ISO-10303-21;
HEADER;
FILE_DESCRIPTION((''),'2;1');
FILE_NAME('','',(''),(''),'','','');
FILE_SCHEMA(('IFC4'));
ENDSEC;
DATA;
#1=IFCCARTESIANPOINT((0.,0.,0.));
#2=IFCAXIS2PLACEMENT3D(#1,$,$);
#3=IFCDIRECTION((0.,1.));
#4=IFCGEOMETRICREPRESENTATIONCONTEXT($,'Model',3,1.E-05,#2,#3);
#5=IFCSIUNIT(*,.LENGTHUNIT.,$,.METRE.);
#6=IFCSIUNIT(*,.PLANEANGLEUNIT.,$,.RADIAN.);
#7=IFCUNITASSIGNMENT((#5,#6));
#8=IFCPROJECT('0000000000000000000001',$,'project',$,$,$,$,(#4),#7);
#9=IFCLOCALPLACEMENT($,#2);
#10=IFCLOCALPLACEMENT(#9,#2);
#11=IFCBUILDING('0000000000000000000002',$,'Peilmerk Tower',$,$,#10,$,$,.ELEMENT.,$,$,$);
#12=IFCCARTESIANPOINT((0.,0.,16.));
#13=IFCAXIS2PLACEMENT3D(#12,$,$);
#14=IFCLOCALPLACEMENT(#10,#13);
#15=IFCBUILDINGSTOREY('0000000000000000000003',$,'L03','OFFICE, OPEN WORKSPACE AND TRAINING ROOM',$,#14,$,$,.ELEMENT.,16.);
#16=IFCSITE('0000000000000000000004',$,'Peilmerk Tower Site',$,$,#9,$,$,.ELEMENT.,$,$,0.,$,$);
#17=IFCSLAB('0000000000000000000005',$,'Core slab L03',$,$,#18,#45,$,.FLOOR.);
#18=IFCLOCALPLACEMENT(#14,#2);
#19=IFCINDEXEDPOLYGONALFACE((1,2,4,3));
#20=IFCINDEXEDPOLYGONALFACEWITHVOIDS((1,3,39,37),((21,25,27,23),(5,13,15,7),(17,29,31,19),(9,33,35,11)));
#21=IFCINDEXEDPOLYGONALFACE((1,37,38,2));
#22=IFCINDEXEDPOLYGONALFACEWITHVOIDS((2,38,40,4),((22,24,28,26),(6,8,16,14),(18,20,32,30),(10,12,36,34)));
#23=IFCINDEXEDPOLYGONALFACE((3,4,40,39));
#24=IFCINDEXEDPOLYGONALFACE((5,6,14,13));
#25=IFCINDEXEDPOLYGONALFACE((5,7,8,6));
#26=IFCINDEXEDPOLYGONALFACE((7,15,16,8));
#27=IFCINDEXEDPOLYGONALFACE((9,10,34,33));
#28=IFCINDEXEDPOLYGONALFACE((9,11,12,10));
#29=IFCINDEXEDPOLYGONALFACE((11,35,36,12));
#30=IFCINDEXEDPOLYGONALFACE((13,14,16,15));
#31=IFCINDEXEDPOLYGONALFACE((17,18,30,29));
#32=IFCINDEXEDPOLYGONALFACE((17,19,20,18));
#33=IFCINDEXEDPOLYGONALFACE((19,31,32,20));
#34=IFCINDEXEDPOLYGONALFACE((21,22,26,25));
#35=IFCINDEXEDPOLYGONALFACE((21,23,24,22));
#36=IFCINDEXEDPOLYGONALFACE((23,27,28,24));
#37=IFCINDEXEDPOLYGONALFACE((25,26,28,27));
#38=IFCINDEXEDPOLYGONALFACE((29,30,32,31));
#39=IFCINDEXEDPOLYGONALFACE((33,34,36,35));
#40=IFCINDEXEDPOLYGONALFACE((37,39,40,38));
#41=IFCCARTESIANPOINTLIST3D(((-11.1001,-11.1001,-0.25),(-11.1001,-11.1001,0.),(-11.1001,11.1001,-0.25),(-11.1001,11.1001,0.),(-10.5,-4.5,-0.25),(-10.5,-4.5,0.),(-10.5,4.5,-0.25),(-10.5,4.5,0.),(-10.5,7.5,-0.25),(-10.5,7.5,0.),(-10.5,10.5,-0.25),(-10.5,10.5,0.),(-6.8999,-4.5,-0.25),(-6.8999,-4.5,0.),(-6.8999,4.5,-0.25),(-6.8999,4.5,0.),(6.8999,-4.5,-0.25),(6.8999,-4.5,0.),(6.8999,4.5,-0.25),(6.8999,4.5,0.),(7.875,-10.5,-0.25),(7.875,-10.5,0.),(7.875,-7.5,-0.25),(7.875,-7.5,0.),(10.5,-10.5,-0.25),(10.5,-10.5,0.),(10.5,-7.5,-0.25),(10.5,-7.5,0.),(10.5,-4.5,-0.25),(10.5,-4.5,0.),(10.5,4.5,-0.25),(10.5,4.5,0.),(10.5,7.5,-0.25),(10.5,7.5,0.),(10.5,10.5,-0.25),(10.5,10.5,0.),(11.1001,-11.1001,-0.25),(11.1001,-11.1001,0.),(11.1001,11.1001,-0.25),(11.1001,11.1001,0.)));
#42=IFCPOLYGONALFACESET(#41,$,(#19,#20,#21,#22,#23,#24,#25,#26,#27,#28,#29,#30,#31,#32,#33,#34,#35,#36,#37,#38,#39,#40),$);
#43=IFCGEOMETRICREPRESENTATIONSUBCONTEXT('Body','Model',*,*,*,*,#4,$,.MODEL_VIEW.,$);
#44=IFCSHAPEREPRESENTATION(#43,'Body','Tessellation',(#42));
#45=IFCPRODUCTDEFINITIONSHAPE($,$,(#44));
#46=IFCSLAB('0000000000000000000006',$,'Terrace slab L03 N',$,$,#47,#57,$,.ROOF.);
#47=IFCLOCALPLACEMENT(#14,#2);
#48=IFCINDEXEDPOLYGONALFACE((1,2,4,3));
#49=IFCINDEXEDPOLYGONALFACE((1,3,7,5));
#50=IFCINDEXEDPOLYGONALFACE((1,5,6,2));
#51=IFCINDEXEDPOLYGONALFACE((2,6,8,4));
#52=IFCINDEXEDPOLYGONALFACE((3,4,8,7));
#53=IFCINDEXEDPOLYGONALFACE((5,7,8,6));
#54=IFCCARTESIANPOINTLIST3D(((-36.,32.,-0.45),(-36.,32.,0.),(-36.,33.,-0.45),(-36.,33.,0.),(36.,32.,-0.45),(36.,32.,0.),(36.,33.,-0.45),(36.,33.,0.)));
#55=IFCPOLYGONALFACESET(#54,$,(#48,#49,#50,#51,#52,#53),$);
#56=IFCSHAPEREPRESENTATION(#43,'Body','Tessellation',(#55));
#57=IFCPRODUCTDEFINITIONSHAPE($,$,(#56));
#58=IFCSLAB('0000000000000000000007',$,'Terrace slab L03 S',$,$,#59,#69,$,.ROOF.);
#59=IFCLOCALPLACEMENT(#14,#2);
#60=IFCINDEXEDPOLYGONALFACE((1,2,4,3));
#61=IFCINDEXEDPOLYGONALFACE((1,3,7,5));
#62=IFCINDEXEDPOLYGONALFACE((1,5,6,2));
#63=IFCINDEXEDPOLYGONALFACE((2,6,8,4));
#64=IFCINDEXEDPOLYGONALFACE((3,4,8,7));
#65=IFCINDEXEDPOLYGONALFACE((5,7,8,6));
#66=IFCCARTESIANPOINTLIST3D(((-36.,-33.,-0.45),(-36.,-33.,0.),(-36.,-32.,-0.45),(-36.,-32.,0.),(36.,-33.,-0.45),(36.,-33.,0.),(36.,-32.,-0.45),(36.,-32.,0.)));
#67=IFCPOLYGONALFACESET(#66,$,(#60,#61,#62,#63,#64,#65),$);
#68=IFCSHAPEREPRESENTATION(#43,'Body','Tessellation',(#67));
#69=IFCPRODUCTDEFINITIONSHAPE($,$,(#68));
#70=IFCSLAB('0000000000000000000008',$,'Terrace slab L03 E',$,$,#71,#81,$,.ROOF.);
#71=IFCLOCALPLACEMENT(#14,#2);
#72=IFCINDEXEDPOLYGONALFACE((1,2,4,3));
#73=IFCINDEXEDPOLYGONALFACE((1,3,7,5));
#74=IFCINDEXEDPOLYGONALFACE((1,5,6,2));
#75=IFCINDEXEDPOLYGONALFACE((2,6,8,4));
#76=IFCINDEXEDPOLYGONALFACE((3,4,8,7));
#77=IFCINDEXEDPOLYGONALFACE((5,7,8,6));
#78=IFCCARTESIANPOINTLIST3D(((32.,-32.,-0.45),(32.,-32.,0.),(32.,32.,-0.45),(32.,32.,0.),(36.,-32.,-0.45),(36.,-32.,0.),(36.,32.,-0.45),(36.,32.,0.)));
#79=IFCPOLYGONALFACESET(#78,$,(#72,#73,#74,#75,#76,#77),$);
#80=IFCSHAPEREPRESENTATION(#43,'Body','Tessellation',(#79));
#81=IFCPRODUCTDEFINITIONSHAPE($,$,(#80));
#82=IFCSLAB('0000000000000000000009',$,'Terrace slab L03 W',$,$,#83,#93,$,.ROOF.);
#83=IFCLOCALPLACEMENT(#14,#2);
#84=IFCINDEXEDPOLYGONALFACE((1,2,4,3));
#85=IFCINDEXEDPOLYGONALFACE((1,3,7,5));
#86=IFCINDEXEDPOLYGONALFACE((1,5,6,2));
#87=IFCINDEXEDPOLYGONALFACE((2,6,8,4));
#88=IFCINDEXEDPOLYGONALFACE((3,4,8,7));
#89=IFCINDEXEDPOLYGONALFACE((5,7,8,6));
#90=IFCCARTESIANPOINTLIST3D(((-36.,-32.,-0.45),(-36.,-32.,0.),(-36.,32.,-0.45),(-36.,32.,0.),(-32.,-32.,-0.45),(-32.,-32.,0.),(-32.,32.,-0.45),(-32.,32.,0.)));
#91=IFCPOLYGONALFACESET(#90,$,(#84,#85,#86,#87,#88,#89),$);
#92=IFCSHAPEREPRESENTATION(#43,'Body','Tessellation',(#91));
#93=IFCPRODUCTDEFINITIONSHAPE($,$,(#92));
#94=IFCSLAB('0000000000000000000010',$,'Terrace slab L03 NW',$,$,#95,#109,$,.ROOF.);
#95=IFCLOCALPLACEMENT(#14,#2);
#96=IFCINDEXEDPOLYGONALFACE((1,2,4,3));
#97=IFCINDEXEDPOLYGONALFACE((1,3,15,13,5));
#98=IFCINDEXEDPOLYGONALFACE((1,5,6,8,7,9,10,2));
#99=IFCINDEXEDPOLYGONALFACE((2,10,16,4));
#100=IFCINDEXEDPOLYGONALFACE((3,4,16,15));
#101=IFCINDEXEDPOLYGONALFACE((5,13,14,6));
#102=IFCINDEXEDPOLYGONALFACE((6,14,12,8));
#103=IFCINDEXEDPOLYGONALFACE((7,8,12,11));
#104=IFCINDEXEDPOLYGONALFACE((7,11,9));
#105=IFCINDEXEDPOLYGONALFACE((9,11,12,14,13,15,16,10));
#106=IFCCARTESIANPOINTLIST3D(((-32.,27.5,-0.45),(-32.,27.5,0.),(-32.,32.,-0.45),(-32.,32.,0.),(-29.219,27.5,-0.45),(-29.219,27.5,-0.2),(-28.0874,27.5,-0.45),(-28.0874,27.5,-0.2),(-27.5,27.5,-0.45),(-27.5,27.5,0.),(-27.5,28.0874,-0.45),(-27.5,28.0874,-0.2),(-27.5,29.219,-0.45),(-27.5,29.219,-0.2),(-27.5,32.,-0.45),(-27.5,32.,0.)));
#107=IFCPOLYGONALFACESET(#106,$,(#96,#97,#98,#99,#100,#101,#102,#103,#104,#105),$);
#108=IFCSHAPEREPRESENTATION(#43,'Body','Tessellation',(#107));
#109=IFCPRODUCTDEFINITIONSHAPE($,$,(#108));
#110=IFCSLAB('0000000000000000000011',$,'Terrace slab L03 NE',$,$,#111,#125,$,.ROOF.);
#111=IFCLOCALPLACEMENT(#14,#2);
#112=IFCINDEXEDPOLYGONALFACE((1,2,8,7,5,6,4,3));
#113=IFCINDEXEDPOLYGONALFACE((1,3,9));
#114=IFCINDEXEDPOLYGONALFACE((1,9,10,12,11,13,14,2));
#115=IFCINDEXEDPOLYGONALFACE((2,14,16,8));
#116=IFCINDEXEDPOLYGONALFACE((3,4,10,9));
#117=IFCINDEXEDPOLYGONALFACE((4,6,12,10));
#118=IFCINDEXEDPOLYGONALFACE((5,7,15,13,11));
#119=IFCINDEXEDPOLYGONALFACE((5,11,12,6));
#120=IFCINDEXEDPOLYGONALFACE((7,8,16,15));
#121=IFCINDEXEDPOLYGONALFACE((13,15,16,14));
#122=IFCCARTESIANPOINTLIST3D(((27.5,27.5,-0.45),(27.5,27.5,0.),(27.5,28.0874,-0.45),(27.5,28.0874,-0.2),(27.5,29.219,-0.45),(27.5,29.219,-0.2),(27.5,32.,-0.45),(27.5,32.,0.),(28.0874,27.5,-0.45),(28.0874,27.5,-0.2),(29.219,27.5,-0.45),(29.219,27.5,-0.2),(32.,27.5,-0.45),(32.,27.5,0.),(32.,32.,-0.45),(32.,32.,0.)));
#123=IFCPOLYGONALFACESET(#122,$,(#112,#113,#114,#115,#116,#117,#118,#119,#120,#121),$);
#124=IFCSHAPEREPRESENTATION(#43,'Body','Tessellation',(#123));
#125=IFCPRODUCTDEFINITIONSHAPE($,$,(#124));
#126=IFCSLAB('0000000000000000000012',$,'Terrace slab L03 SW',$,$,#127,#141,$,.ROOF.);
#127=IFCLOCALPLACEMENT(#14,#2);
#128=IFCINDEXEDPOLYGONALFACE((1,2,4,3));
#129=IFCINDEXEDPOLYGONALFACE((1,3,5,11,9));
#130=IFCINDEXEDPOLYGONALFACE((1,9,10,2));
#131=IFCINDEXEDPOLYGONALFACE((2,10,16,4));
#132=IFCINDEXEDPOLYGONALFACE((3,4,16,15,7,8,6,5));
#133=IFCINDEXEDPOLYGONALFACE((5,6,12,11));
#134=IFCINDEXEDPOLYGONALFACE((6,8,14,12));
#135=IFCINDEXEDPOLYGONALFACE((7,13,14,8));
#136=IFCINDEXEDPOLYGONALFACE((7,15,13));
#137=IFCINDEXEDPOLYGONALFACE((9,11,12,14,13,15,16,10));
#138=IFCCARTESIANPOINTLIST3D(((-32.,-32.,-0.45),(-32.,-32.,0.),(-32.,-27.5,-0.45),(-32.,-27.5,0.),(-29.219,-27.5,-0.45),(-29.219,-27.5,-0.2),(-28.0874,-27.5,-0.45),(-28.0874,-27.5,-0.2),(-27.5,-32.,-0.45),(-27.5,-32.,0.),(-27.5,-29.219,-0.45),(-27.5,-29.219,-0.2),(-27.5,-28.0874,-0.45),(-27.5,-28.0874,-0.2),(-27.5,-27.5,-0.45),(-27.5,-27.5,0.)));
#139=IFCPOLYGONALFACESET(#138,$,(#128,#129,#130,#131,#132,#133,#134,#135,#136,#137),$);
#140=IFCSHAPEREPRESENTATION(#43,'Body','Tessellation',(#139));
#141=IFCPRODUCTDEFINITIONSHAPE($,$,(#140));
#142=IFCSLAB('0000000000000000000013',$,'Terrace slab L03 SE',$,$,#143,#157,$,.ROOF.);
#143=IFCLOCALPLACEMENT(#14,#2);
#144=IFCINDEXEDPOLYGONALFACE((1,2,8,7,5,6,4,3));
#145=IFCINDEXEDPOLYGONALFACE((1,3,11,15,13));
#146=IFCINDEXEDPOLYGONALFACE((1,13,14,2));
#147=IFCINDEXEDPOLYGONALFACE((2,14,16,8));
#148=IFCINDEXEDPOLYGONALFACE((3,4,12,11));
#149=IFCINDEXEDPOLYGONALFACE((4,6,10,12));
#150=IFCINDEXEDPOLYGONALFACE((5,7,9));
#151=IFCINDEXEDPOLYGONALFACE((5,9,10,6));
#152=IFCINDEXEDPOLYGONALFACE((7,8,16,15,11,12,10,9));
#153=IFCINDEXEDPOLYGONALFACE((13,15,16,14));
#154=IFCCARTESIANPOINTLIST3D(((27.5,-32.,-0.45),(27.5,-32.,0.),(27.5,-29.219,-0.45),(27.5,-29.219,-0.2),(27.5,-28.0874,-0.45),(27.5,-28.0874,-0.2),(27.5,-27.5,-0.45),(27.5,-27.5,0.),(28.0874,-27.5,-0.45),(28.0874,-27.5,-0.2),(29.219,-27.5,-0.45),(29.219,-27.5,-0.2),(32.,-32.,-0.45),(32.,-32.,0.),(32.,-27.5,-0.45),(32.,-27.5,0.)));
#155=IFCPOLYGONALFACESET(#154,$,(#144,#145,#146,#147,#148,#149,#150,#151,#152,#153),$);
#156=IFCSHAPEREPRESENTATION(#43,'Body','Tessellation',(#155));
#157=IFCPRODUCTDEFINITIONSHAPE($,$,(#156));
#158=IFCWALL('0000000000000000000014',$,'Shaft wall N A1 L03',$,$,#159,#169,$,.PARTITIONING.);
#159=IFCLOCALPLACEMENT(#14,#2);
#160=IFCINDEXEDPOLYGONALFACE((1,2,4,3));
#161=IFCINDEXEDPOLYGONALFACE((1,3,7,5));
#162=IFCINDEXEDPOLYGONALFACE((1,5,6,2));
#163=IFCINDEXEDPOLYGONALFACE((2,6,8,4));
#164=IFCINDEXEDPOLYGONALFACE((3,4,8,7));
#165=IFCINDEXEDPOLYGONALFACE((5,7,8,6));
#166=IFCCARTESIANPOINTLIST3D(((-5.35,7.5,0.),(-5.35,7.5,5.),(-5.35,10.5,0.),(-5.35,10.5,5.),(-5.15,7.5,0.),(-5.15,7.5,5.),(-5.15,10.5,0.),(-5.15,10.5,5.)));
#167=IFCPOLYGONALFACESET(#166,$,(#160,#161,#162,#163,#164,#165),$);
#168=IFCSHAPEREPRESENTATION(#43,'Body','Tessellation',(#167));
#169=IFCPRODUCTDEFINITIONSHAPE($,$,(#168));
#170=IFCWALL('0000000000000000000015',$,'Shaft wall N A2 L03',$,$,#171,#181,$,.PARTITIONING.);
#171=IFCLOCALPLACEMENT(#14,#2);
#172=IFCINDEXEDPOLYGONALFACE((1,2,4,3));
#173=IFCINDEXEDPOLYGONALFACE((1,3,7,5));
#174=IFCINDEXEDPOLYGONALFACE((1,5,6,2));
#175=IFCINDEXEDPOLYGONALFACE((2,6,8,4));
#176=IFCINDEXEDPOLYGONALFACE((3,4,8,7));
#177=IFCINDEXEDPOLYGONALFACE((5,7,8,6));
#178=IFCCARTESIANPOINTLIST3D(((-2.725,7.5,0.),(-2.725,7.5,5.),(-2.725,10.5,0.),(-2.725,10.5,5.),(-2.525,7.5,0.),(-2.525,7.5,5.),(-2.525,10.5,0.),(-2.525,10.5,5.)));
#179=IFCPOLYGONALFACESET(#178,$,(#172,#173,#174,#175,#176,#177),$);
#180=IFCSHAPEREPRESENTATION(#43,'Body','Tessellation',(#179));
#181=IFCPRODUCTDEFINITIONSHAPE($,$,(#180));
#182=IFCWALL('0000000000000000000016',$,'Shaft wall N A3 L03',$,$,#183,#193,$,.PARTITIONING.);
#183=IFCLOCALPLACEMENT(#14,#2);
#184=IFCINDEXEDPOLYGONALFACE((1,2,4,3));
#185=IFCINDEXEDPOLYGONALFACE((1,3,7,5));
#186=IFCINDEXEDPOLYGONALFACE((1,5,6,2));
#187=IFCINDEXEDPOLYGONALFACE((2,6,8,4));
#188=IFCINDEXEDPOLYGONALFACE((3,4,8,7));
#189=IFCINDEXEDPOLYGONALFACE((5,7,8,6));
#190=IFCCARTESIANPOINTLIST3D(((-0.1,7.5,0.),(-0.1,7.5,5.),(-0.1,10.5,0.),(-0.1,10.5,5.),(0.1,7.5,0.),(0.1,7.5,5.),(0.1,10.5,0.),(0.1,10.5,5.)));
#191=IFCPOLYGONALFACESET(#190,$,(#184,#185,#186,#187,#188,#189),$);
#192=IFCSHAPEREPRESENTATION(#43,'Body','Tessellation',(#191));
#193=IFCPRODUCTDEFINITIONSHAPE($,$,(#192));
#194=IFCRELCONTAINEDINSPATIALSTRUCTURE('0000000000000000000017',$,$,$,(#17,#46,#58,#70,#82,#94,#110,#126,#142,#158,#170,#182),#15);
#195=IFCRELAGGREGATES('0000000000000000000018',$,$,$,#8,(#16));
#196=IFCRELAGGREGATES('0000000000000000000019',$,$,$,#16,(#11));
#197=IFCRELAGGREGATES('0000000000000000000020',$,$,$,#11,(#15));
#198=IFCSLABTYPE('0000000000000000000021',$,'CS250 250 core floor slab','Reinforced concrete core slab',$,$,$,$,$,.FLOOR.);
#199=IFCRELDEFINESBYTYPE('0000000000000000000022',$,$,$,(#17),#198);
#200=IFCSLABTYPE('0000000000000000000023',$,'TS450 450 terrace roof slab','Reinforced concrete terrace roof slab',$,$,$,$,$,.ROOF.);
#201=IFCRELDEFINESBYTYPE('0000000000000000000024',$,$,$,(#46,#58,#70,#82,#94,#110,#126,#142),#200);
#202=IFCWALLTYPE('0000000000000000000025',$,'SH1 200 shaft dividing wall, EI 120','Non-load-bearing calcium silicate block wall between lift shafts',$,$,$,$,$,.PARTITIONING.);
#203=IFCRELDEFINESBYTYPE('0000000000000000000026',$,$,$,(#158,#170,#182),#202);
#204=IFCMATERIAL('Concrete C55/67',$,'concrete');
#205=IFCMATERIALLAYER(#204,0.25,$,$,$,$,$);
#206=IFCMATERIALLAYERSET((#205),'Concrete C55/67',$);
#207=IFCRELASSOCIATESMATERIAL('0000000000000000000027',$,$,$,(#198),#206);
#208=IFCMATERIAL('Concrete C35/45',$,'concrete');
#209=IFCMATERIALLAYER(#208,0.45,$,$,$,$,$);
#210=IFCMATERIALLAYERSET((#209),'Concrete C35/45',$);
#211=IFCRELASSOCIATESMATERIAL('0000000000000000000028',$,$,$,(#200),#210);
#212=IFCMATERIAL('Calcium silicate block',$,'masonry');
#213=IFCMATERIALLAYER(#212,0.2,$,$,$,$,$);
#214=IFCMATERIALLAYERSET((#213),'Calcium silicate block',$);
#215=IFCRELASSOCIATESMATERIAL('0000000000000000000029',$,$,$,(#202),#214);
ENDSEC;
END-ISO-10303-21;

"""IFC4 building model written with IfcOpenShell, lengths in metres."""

from ifc_helpers import new_model, si_unit, direction, frame, frame_2d, origin, place, context, subcontext, project, spatial, polyline, rectangle, outline, extrude, boolean, material, layer, layer_set, type_object, element, save


model = new_model("IFC4")

# Units and contexts
model_context = context("Model", 3, precision=1e-05, world=origin(), true_north=direction((0.0, 1.0)))
body_context = subcontext(model_context, "Body", "Model", "MODEL_VIEW")
ifc_project = project(units=[si_unit("LENGTHUNIT", "METRE"), si_unit("PLANEANGLEUNIT", "RADIAN")], contexts=[model_context])

# Site, building, storey
site_placement = place(None, origin())
site = spatial("IfcSite", under=ifc_project, at=site_placement, Name="Peilmerk Tower Site", CompositionType="ELEMENT", RefElevation=0.0)
building_placement = place(site_placement, origin())
building = spatial("IfcBuilding", under=site, at=building_placement, Name="Peilmerk Tower", CompositionType="ELEMENT")
storey_placement = place(building_placement, frame((0.0, 0.0, 16.0)))
storey = spatial("IfcBuildingStorey", under=building, at=storey_placement, Name="L03", Description="OFFICE, OPEN WORKSPACE AND TRAINING ROOM", CompositionType="ELEMENT", Elevation=16.0)

# Slabs
ifc_material_1 = material(Name="Concrete C55/67", Category="concrete")
ifc_layer_1 = layer(ifc_material_1, 0.25)
ifc_layer_set_1 = layer_set([ifc_layer_1], Name="Concrete C55/67")
slab_type_1 = type_object("IfcSlabType", Name="CS250 250 core floor slab", Description="Reinforced concrete core slab", PredefinedType="FLOOR", material=ifc_layer_set_1)
slab_1_placement = place(storey_placement, frame((0.0, 0.0, -0.25)))
element("IfcSlab", 1, at=slab_1_placement, inside=storey, type_object=slab_type_1, Name="Core slab L03", PredefinedType="FLOOR", context=body_context, shape_type="SweptSolid", body=[
    extrude(outline(polyline([(-11.1001, 11.1001), (-11.1001, -11.1001), (11.1001, -11.1001), (11.1001, 11.1001), (-11.1001, 11.1001)]), holes=[polyline([(10.5, 7.5), (-10.5, 7.5), (-10.5, 10.5), (10.5, 10.5), (10.5, 7.5)]), polyline([(7.875, -10.5), (7.875, -7.5), (10.5, -7.5), (10.5, -10.5), (7.875, -10.5)]), polyline([(-10.5, 4.5), (-6.8999, 4.5), (-6.8999, -4.5), (-10.5, -4.5), (-10.5, 4.5)]), polyline([(10.5, 4.5), (10.5, -4.5), (6.8999, -4.5), (6.8999, 4.5), (10.5, 4.5)])]), origin(), (0.0, 0.0, 1.0), 0.25),
])
ifc_material_2 = material(Name="Concrete C35/45", Category="concrete")
ifc_layer_2 = layer(ifc_material_2, 0.45)
ifc_layer_set_2 = layer_set([ifc_layer_2], Name="Concrete C35/45")
slab_type_2 = type_object("IfcSlabType", Name="TS450 450 terrace roof slab", Description="Reinforced concrete terrace roof slab", PredefinedType="ROOF", material=ifc_layer_set_2)
slab_2_placement = place(storey_placement, frame((0.0, 0.0, -0.45)))
element("IfcSlab", 2, at=slab_2_placement, inside=storey, type_object=slab_type_2, Name="Terrace slab L03 N", PredefinedType="ROOF", context=body_context, shape_type="SweptSolid", body=[
    extrude(outline(polyline([(36.0, 33.0), (-36.0, 33.0), (-36.0, 32.0), (36.0, 32.0), (36.0, 33.0)])), origin(), (0.0, 0.0, 1.0), 0.45),
])
slab_3_placement = place(storey_placement, frame((0.0, 0.0, -0.45)))
element("IfcSlab", 3, at=slab_3_placement, inside=storey, type_object=slab_type_2, Name="Terrace slab L03 S", PredefinedType="ROOF", context=body_context, shape_type="SweptSolid", body=[
    extrude(outline(polyline([(36.0, -33.0), (36.0, -32.0), (-36.0, -32.0), (-36.0, -33.0), (36.0, -33.0)])), origin(), (0.0, 0.0, 1.0), 0.45),
])
slab_4_placement = place(storey_placement, frame((0.0, 0.0, -0.45)))
element("IfcSlab", 4, at=slab_4_placement, inside=storey, type_object=slab_type_2, Name="Terrace slab L03 E", PredefinedType="ROOF", context=body_context, shape_type="SweptSolid", body=[
    extrude(outline(polyline([(36.0, -32.0), (36.0, 32.0), (32.0, 32.0), (32.0, -32.0), (36.0, -32.0)])), origin(), (0.0, 0.0, 1.0), 0.45),
])
slab_5_placement = place(storey_placement, frame((0.0, 0.0, -0.45)))
element("IfcSlab", 5, at=slab_5_placement, inside=storey, type_object=slab_type_2, Name="Terrace slab L03 W", PredefinedType="ROOF", context=body_context, shape_type="SweptSolid", body=[
    extrude(outline(polyline([(-36.0, 32.0), (-36.0, -32.0), (-32.0, -32.0), (-32.0, 32.0), (-36.0, 32.0)])), origin(), (0.0, 0.0, 1.0), 0.45),
])
slab_6_placement = place(storey_placement, frame((0.0, 0.0, -0.45)))
element("IfcSlab", 6, at=slab_6_placement, inside=storey, type_object=slab_type_2, Name="Terrace slab L03 NW", PredefinedType="ROOF", context=body_context, shape_type="CSG", body=[
    boolean("DIFFERENCE", extrude(outline(polyline([(-27.5, 27.5), (-27.5, 32.0), (-32.0, 32.0), (-32.0, 27.5), (-27.5, 27.5)])), origin(), (0.0, 0.0, 1.0), 0.45), extrude(outline(polyline([(-29.219, 27.5), (-27.5, 29.219), (-27.5, 28.0874), (-28.0874, 27.5), (-29.219, 27.5)])), frame((0.0, 0.0, -0.01)), (0.0, 0.0, 1.0), 0.26)),
])
slab_7_placement = place(storey_placement, frame((0.0, 0.0, -0.45)))
element("IfcSlab", 7, at=slab_7_placement, inside=storey, type_object=slab_type_2, Name="Terrace slab L03 NE", PredefinedType="ROOF", context=body_context, shape_type="CSG", body=[
    boolean("DIFFERENCE", extrude(outline(polyline([(27.5, 27.5), (32.0, 27.5), (32.0, 32.0), (27.5, 32.0), (27.5, 27.5)])), origin(), (0.0, 0.0, 1.0), 0.45), extrude(outline(polyline([(27.5, 29.219), (29.219, 27.5), (28.0874, 27.5), (27.5, 28.0874), (27.5, 29.219)])), frame((0.0, 0.0, -0.01)), (0.0, 0.0, 1.0), 0.26)),
])
slab_8_placement = place(storey_placement, frame((0.0, 0.0, -0.45)))
element("IfcSlab", 8, at=slab_8_placement, inside=storey, type_object=slab_type_2, Name="Terrace slab L03 SW", PredefinedType="ROOF", context=body_context, shape_type="CSG", body=[
    boolean("DIFFERENCE", extrude(outline(polyline([(-27.5, -27.5), (-32.0, -27.5), (-32.0, -32.0), (-27.5, -32.0), (-27.5, -27.5)])), origin(), (0.0, 0.0, 1.0), 0.45), extrude(outline(polyline([(-27.5, -29.219), (-29.219, -27.5), (-28.0874, -27.5), (-27.5, -28.0874), (-27.5, -29.219)])), frame((0.0, 0.0, -0.01)), (0.0, 0.0, 1.0), 0.26)),
])
slab_9_placement = place(storey_placement, frame((0.0, 0.0, -0.45)))
element("IfcSlab", 9, at=slab_9_placement, inside=storey, type_object=slab_type_2, Name="Terrace slab L03 SE", PredefinedType="ROOF", context=body_context, shape_type="CSG", body=[
    boolean("DIFFERENCE", extrude(outline(polyline([(32.0, -27.5), (27.5, -27.5), (27.5, -32.0), (32.0, -32.0), (32.0, -27.5)])), origin(), (0.0, 0.0, 1.0), 0.45), extrude(outline(polyline([(27.5, -28.0874), (28.0874, -27.5), (29.219, -27.5), (27.5, -29.219), (27.5, -28.0874)])), frame((0.0, 0.0, -0.01)), (0.0, 0.0, 1.0), 0.26)),
])

# Walls
ifc_material_3 = material(Name="Calcium silicate block", Category="masonry")
ifc_layer_3 = layer(ifc_material_3, 0.2)
ifc_layer_set_3 = layer_set([ifc_layer_3], Name="Calcium silicate block")
wall_type_1 = type_object("IfcWallType", Name="SH1 200 shaft dividing wall, EI 120", Description="Non-load-bearing calcium silicate block wall between lift shafts", PredefinedType="PARTITIONING", material=ifc_layer_set_3)
for number, where, z_axis, x_axis, name in (
    (10, (-5.25, 7.5, 0.0), (0.0, 0.0, 1.0), (0.0, 1.0, 0.0), "Shaft wall N A1 L03"),
    (11, (-2.625, 7.5, 0.0), (0.0, 0.0, 1.0), (0.0, 1.0, 0.0), "Shaft wall N A2 L03"),
    (12, (0.0, 7.5, 0.0), (0.0, 0.0, 1.0), (0.0, 1.0, 0.0), "Shaft wall N A3 L03"),
):
    element("IfcWall", number, at=place(storey_placement, frame(where, z_axis=z_axis, x_axis=x_axis)), inside=storey, type_object=wall_type_1, Name=name, PredefinedType="PARTITIONING", context=body_context, shape_type="SweptSolid", body=[
        extrude(rectangle(XDim=3.0, YDim=0.2, at=frame_2d((1.5, 0.0))), origin(), (0.0, 0.0, 1.0), 5.0),
    ])

save(model, "model.ifc")
